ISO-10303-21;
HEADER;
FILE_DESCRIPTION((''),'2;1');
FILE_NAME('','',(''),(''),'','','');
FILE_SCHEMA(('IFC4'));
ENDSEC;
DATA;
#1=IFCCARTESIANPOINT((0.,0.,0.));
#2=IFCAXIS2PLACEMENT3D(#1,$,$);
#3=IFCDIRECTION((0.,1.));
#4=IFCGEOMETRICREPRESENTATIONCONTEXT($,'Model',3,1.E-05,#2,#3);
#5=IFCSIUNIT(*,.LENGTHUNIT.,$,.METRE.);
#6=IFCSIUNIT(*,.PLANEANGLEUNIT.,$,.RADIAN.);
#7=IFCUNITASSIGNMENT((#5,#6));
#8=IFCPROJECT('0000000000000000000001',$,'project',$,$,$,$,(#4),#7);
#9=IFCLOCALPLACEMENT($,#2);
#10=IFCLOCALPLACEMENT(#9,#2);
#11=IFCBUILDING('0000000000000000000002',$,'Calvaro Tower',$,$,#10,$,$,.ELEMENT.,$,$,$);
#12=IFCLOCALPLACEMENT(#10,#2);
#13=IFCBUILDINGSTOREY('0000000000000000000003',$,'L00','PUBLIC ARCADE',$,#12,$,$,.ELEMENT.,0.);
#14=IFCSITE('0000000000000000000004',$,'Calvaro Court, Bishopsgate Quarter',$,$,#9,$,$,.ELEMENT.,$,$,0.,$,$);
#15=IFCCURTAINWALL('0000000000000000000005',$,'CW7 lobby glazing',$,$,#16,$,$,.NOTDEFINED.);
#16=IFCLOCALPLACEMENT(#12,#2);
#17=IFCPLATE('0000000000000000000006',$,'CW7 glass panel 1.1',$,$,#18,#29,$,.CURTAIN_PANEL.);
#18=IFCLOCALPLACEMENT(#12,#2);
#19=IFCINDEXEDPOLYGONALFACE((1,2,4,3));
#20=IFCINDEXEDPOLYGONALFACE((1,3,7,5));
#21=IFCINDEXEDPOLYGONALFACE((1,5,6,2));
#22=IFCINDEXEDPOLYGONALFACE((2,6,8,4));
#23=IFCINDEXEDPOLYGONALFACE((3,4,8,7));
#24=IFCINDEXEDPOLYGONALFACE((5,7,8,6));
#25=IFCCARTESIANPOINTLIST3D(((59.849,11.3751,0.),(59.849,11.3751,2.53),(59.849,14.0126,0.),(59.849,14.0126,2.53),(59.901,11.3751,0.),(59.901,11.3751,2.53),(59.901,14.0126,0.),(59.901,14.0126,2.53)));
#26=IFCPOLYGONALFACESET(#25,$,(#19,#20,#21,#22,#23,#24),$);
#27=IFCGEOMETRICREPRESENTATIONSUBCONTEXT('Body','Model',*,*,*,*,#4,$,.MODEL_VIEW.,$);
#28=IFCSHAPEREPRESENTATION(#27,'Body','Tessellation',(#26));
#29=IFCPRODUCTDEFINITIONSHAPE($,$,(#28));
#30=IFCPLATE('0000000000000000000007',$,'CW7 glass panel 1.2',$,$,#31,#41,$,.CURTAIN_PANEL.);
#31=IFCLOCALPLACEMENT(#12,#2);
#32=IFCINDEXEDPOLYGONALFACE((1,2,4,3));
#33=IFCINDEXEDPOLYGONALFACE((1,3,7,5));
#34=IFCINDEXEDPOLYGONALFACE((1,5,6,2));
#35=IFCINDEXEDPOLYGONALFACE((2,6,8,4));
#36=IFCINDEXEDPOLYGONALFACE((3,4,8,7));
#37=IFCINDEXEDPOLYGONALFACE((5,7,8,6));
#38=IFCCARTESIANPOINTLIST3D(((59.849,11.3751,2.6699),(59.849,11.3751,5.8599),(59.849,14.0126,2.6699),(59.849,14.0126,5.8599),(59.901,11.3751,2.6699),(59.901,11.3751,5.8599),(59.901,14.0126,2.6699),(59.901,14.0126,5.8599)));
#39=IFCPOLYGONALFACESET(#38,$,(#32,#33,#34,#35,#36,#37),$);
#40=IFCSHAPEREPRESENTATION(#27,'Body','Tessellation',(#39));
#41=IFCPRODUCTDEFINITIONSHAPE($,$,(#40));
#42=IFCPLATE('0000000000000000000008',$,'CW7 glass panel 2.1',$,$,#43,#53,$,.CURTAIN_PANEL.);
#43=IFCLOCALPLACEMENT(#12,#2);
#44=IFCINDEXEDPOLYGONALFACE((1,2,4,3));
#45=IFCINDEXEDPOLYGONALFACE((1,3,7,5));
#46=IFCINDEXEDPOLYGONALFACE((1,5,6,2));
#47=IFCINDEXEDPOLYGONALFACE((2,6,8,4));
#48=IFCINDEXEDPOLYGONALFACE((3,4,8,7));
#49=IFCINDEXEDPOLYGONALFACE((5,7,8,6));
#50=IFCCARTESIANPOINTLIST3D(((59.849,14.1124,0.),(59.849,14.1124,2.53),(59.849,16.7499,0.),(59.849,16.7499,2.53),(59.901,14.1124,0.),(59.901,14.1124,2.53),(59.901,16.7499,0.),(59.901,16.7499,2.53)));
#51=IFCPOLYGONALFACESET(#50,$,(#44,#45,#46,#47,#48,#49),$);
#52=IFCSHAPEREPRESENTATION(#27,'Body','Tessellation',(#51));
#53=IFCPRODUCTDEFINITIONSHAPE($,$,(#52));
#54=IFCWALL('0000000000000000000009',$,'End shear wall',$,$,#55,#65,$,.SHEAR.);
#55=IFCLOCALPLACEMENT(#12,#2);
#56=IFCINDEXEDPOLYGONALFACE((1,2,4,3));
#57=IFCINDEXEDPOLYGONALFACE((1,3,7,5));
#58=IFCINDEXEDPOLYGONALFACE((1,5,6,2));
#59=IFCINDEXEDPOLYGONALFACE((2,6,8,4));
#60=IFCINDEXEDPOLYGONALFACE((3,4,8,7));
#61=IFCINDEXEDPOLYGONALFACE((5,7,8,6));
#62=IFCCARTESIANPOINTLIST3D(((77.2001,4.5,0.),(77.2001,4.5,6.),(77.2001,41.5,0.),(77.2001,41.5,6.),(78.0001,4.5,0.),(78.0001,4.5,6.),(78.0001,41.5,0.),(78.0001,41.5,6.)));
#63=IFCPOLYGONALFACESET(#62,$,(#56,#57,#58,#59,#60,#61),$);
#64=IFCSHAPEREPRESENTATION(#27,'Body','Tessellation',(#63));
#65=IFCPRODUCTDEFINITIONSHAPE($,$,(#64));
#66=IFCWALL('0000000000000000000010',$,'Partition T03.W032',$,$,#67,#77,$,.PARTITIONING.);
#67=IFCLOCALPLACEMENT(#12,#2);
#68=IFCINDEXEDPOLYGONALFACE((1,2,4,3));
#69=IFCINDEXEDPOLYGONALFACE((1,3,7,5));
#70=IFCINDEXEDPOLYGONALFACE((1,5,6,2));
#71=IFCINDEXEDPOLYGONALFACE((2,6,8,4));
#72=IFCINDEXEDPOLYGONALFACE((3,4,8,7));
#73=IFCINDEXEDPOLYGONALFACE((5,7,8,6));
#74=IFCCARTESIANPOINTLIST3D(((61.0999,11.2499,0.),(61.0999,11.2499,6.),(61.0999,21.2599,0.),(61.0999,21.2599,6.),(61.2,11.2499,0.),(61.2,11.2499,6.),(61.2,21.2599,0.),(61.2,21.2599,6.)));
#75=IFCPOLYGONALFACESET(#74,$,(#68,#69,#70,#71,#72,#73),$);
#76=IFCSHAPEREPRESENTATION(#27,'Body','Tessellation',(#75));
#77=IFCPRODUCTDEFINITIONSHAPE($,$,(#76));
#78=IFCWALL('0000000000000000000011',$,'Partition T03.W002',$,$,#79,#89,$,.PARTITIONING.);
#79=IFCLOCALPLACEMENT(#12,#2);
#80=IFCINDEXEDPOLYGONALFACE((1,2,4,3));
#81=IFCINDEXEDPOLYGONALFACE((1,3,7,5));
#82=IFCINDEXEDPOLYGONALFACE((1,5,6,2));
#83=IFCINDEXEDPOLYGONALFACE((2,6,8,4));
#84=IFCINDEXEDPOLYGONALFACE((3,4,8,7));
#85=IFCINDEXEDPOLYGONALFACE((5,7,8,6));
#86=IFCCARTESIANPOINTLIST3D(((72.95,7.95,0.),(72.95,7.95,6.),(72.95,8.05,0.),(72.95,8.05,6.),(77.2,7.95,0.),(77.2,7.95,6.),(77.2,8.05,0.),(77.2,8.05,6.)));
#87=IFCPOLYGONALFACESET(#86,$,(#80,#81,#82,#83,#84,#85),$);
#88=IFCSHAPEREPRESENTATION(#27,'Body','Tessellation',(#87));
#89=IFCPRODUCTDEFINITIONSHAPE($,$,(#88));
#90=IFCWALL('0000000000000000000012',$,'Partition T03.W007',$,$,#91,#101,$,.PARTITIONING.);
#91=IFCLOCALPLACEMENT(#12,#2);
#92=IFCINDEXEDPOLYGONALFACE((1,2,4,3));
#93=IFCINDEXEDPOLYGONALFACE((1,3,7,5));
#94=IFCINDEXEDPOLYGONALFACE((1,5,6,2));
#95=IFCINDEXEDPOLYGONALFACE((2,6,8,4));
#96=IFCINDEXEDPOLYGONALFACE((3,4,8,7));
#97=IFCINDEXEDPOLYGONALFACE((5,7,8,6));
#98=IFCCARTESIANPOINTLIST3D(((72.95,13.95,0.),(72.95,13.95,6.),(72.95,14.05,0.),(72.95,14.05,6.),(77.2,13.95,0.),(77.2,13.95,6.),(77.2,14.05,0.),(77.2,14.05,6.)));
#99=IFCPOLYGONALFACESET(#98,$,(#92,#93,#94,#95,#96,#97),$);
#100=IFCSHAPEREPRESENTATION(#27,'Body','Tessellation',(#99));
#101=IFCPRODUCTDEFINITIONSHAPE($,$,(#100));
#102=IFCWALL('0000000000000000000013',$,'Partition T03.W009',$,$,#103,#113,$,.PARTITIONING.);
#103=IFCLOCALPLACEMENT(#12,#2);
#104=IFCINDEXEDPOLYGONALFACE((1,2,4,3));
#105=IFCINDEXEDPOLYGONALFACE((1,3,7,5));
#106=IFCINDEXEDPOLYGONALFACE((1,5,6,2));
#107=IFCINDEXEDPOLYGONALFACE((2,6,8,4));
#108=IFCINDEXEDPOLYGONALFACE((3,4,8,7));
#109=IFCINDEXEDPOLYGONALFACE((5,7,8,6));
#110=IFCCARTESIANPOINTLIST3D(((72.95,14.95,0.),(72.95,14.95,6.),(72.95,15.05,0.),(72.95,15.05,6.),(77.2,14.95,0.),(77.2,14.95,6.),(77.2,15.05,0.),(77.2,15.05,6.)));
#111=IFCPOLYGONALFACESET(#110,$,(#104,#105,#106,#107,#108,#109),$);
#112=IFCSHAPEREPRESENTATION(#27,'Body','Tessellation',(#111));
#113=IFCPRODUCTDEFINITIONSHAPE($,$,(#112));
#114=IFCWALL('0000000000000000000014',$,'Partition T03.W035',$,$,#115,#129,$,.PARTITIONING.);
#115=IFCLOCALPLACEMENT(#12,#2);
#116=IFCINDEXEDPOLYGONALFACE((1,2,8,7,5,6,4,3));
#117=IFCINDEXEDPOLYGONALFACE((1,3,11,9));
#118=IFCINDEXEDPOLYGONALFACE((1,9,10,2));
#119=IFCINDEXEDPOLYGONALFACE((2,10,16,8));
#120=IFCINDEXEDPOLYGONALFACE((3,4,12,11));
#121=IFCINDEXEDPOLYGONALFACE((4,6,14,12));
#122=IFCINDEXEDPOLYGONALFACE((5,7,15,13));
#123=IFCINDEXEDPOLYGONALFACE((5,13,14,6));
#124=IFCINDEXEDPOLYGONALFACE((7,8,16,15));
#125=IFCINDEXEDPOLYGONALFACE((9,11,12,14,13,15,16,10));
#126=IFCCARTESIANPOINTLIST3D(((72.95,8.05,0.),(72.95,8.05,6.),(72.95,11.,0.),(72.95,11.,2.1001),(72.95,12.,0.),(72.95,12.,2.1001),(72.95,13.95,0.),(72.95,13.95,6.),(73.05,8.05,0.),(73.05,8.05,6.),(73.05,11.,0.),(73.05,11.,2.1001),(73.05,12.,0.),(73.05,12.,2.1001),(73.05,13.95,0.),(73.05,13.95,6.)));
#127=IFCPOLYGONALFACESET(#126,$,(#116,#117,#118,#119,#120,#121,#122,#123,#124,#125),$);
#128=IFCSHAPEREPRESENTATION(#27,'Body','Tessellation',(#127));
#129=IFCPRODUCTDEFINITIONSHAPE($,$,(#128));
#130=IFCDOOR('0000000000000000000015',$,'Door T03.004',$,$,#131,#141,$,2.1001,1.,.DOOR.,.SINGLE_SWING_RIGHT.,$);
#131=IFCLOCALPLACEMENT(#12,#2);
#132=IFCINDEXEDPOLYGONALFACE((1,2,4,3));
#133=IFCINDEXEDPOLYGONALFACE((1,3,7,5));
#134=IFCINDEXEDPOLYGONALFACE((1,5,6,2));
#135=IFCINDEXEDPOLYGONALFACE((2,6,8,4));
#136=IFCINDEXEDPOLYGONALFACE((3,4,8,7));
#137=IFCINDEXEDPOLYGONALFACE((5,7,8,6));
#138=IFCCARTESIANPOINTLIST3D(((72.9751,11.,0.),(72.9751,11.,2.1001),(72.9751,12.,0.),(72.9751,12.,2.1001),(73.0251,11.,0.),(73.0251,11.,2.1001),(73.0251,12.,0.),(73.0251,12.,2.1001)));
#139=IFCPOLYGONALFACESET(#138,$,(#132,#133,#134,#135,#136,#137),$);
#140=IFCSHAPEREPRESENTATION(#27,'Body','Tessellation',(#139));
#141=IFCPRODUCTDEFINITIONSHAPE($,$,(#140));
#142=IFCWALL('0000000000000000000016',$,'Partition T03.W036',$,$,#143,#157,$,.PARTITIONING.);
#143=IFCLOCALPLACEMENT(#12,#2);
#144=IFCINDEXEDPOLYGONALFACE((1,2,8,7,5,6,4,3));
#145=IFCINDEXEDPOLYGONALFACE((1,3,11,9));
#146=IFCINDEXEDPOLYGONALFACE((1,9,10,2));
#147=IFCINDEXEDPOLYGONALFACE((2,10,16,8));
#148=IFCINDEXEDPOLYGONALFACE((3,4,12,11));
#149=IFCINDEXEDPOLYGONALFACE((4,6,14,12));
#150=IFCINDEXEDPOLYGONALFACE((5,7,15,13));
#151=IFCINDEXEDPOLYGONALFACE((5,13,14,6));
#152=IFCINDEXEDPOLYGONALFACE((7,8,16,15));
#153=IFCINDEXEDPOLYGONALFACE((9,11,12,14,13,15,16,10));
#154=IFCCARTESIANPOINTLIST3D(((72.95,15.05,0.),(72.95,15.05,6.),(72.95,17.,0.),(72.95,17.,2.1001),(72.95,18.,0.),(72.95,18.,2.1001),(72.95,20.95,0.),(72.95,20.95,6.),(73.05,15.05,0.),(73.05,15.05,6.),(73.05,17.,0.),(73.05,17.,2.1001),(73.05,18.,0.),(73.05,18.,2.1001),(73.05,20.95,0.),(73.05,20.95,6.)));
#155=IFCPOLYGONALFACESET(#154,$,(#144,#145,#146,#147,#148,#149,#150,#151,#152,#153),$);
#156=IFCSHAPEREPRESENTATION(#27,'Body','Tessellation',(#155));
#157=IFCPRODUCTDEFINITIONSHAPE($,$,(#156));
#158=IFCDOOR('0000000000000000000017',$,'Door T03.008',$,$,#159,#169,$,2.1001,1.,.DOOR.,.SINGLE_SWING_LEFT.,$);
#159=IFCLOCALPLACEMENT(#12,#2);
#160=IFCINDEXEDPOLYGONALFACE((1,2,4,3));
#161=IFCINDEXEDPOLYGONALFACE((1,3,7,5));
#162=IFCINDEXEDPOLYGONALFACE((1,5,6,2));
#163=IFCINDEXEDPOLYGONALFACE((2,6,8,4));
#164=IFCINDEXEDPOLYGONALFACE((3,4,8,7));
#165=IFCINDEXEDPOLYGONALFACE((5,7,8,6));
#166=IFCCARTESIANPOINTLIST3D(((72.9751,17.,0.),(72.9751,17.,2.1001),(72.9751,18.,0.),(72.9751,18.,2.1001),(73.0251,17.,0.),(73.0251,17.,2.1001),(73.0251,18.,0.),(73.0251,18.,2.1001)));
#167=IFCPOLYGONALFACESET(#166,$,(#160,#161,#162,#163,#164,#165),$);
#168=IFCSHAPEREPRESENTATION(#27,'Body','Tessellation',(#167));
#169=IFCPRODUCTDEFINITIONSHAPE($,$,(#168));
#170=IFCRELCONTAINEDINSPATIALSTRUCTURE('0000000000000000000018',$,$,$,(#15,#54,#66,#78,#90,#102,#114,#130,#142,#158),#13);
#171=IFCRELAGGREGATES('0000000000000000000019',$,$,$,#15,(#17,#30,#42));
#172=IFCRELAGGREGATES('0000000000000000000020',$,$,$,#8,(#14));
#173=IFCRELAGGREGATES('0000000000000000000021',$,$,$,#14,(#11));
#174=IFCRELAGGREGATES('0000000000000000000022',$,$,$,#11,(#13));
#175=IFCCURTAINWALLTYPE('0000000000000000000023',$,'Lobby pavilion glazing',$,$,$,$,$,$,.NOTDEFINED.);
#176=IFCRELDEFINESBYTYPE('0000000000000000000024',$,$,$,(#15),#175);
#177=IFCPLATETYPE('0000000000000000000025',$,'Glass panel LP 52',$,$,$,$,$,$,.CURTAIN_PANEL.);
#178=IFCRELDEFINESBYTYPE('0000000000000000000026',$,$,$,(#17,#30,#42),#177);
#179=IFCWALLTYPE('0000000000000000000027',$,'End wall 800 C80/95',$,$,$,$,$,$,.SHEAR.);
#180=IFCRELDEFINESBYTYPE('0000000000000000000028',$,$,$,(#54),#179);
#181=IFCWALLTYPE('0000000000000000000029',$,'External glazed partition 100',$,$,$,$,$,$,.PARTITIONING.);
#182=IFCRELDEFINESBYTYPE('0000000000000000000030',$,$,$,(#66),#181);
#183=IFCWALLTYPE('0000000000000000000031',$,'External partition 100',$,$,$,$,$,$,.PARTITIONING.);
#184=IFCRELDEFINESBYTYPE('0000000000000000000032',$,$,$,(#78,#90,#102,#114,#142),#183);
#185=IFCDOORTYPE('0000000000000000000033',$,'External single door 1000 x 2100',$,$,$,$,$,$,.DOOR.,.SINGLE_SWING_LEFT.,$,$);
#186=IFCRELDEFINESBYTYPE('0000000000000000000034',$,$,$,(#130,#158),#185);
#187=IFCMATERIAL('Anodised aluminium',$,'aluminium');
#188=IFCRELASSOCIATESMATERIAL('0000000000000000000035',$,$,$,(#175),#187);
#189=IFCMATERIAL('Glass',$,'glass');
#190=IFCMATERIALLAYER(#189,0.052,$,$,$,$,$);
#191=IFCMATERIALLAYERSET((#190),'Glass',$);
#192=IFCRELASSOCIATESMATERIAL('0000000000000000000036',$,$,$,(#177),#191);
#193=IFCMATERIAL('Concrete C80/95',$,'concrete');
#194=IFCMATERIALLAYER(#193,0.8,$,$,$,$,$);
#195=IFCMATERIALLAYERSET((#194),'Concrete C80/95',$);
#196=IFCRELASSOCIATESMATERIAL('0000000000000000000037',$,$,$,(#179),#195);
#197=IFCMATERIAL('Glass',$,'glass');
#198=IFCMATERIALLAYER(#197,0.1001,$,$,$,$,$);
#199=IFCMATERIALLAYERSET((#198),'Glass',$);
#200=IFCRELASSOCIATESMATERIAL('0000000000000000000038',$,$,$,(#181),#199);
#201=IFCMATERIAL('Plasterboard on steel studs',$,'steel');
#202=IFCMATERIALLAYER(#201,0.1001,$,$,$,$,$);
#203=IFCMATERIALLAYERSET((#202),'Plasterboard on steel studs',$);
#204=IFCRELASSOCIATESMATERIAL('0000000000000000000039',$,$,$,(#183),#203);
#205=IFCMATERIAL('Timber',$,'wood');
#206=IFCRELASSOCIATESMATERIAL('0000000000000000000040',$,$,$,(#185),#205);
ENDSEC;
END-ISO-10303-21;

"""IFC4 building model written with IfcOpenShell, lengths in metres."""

from ifc_helpers import new_model, si_unit, direction, frame, frame_2d, origin, origin_2d, place, context, subcontext, project, spatial, rectangle, extrude, material, layer, layer_set, type_object, element, fill, aggregate, save


model = new_model("IFC4")

# Units and contexts
model_context = context("Model", 3, precision=1e-05, world=origin(), true_north=direction((0.0, 1.0)))
body_context = subcontext(model_context, "Body", "Model", "MODEL_VIEW")
ifc_project = project(units=[si_unit("LENGTHUNIT", "METRE"), si_unit("PLANEANGLEUNIT", "RADIAN")], contexts=[model_context])

# Site, building, storey
site_placement = place(None, origin())
site = spatial("IfcSite", under=ifc_project, at=site_placement, Name="Calvaro Court, Bishopsgate Quarter", CompositionType="ELEMENT", RefElevation=0.0)
building_placement = place(site_placement, origin())
building = spatial("IfcBuilding", under=site, at=building_placement, Name="Calvaro Tower", CompositionType="ELEMENT")
storey_placement = place(building_placement, origin())
storey = spatial("IfcBuildingStorey", under=building, at=storey_placement, Name="L00", Description="PUBLIC ARCADE", CompositionType="ELEMENT", Elevation=0.0)

# Shared definitions
ifc_material_1 = material(Name="Anodised aluminium", Category="aluminium")
curtain_wall_type = type_object("IfcCurtainWallType", Name="Lobby pavilion glazing", PredefinedType="NOTDEFINED", material=ifc_material_1)

# Curtain wall
curtain_wall_1_placement = place(storey_placement, origin())
curtain_wall_1 = element("IfcCurtainWall", 1, at=curtain_wall_1_placement, inside=storey, type_object=curtain_wall_type, Name="CW7 lobby glazing", PredefinedType="NOTDEFINED")

# Plates
ifc_material_2 = material(Name="Glass", Category="glass")
ifc_layer_1 = layer(ifc_material_2, 0.052)
ifc_layer_set_1 = layer_set([ifc_layer_1], Name="Glass")
plate_type = type_object("IfcPlateType", Name="Glass panel LP 52", PredefinedType="CURTAIN_PANEL", material=ifc_layer_set_1)
plate_1_placement = place(storey_placement, frame((59.875, 12.6938, 0.0), z_axis=(0.0, 0.0, 1.0), x_axis=(0.0, 1.0, 0.0)))
plate_1 = element("IfcPlate", 2, at=plate_1_placement, type_object=plate_type, Name="CW7 glass panel 1.1", PredefinedType="CURTAIN_PANEL", context=body_context, shape_type="SweptSolid", body=[
    extrude(rectangle(XDim=2.6375, YDim=0.052, at=origin_2d()), origin(), (0.0, 0.0, 1.0), 2.53),
])
plate_2_placement = place(storey_placement, frame((59.875, 12.6938, 2.6699), z_axis=(0.0, 0.0, 1.0), x_axis=(0.0, 1.0, 0.0)))
plate_2 = element("IfcPlate", 3, at=plate_2_placement, type_object=plate_type, Name="CW7 glass panel 1.2", PredefinedType="CURTAIN_PANEL", context=body_context, shape_type="SweptSolid", body=[
    extrude(rectangle(XDim=2.6375, YDim=0.052, at=origin_2d()), origin(), (0.0, 0.0, 1.0), 3.1899),
])
plate_3_placement = place(storey_placement, frame((59.875, 15.4312, 0.0), z_axis=(0.0, 0.0, 1.0), x_axis=(0.0, 1.0, 0.0)))
plate_3 = element("IfcPlate", 4, at=plate_3_placement, type_object=plate_type, Name="CW7 glass panel 2.1", PredefinedType="CURTAIN_PANEL", context=body_context, shape_type="SweptSolid", body=[
    extrude(rectangle(XDim=2.6375, YDim=0.052, at=origin_2d()), origin(), (0.0, 0.0, 1.0), 2.53),
])
aggregate(curtain_wall_1, [plate_1, plate_2, plate_3])

# Walls
ifc_material_3 = material(Name="Concrete C80/95", Category="concrete")
ifc_layer_2 = layer(ifc_material_3, 0.8)
ifc_layer_set_2 = layer_set([ifc_layer_2], Name="Concrete C80/95")
wall_type_1 = type_object("IfcWallType", Name="End wall 800 C80/95", PredefinedType="SHEAR", material=ifc_layer_set_2)
wall_1_placement = place(storey_placement, frame((77.6001, 4.5, 0.0), z_axis=(0.0, 0.0, 1.0), x_axis=(0.0, 1.0, 0.0)))
element("IfcWall", 5, at=wall_1_placement, inside=storey, type_object=wall_type_1, Name="End shear wall", PredefinedType="SHEAR", context=body_context, shape_type="SweptSolid", body=[
    extrude(rectangle(XDim=37.0, YDim=0.8, at=frame_2d((18.5, 0.0))), origin(), (0.0, 0.0, 1.0), 6.0),
])
ifc_material_4 = material(Name="Glass", Category="glass")
ifc_layer_3 = layer(ifc_material_4, 0.1001)
ifc_layer_set_3 = layer_set([ifc_layer_3], Name="Glass")
wall_type_2 = type_object("IfcWallType", Name="External glazed partition 100", PredefinedType="PARTITIONING", material=ifc_layer_set_3)
wall_2_placement = place(storey_placement, frame((61.1499, 11.25, 0.0), z_axis=(0.0, 0.0, 1.0), x_axis=(0.0, 1.0, 0.0)))
element("IfcWall", 6, at=wall_2_placement, inside=storey, type_object=wall_type_2, Name="Partition T03.W032", PredefinedType="PARTITIONING", context=body_context, shape_type="SweptSolid", body=[
    extrude(rectangle(XDim=10.01, YDim=0.1001, at=frame_2d((5.0049, 0.0))), origin(), (0.0, 0.0, 1.0), 6.0),
])
ifc_material_5 = material(Name="Plasterboard on steel studs", Category="steel")
ifc_layer_4 = layer(ifc_material_5, 0.1001)
ifc_layer_set_4 = layer_set([ifc_layer_4], Name="Plasterboard on steel studs")
wall_type_3 = type_object("IfcWallType", Name="External partition 100", PredefinedType="PARTITIONING", material=ifc_layer_set_4)
for number, where, z_axis, x_axis, name in (
    (7, (72.95, 8.0, 0.0), (0.0, 0.0, 1.0), (1.0, 0.0, 0.0), "Partition T03.W002"),
    (8, (72.95, 14.0, 0.0), (0.0, 0.0, 1.0), (1.0, 0.0, 0.0), "Partition T03.W007"),
    (9, (72.95, 15.0, 0.0), (0.0, 0.0, 1.0), (1.0, 0.0, 0.0), "Partition T03.W009"),
):
    element("IfcWall", number, at=place(storey_placement, frame(where, z_axis=z_axis, x_axis=x_axis)), inside=storey, type_object=wall_type_3, Name=name, PredefinedType="PARTITIONING", context=body_context, shape_type="SweptSolid", body=[
        extrude(rectangle(XDim=4.25, YDim=0.1001, at=frame_2d((2.125, 0.0))), origin(), (0.0, 0.0, 1.0), 6.0),
    ])

# Walls, openings, doors
wall_3_placement = place(storey_placement, frame((73.0, 8.05, 0.0), z_axis=(0.0, 0.0, 1.0), x_axis=(0.0, 1.0, 0.0)))
wall_3 = element("IfcWall", 10, at=wall_3_placement, inside=storey, type_object=wall_type_3, Name="Partition T03.W035", PredefinedType="PARTITIONING", context=body_context, shape_type="SweptSolid", body=[
    extrude(rectangle(XDim=5.8999, YDim=0.1001, at=frame_2d((2.95, 0.0))), origin(), (0.0, 0.0, 1.0), 6.0),
])
opening_1_placement = place(wall_3_placement, frame((2.95, 0.0, 0.0)))
opening_1 = element("IfcOpeningElement", 11, at=opening_1_placement, cuts=wall_3, PredefinedType="OPENING", context=body_context, shape_type="SweptSolid", body=[
    extrude(rectangle(XDim=1.0, YDim=2.1001, at=frame_2d((0.5, 1.05))), frame((0.0, 0.0601, 0.0), z_axis=(0.0, -1.0, 0.0), x_axis=(1.0, 0.0, 0.0)), (0.0, 0.0, 1.0), 0.1201),
])
ifc_material_6 = material(Name="Timber", Category="wood")
door_type = type_object("IfcDoorType", Name="External single door 1000 x 2100", OperationType="SINGLE_SWING_LEFT", PredefinedType="DOOR", material=ifc_material_6)
door_1_placement = place(opening_1_placement, origin())
door_1 = element("IfcDoor", 12, at=door_1_placement, inside=storey, type_object=door_type, Name="Door T03.004", OperationType="SINGLE_SWING_RIGHT", OverallHeight=2.1001, OverallWidth=1.0, PredefinedType="DOOR", context=body_context, shape_type="SweptSolid", body=[
    extrude(rectangle(XDim=1.0, YDim=2.1001, at=frame_2d((0.5, 1.05))), frame((0.0, 0.0249, 0.0), z_axis=(0.0, -1.0, 0.0), x_axis=(1.0, 0.0, 0.0)), (0.0, 0.0, 1.0), 0.05),
])
fill(opening_1, door_1)
wall_4_placement = place(storey_placement, frame((73.0, 15.05, 0.0), z_axis=(0.0, 0.0, 1.0), x_axis=(0.0, 1.0, 0.0)))
wall_4 = element("IfcWall", 13, at=wall_4_placement, inside=storey, type_object=wall_type_3, Name="Partition T03.W036", PredefinedType="PARTITIONING", context=body_context, shape_type="SweptSolid", body=[
    extrude(rectangle(XDim=5.8999, YDim=0.1001, at=frame_2d((2.95, 0.0))), origin(), (0.0, 0.0, 1.0), 6.0),
])
opening_2_placement = place(wall_4_placement, frame((1.95, 0.0, 0.0)))
opening_2 = element("IfcOpeningElement", 14, at=opening_2_placement, cuts=wall_4, PredefinedType="OPENING", context=body_context, shape_type="SweptSolid", body=[
    extrude(rectangle(XDim=1.0, YDim=2.1001, at=frame_2d((0.5, 1.05))), frame((0.0, 0.0601, 0.0), z_axis=(0.0, -1.0, 0.0), x_axis=(1.0, 0.0, 0.0)), (0.0, 0.0, 1.0), 0.1201),
])
door_2_placement = place(opening_2_placement, origin())
door_2 = element("IfcDoor", 15, at=door_2_placement, inside=storey, type_object=door_type, Name="Door T03.008", OperationType="SINGLE_SWING_LEFT", OverallHeight=2.1001, OverallWidth=1.0, PredefinedType="DOOR", context=body_context, shape_type="SweptSolid", body=[
    extrude(rectangle(XDim=1.0, YDim=2.1001, at=frame_2d((0.5, 1.05))), frame((0.0, 0.0249, 0.0), z_axis=(0.0, -1.0, 0.0), x_axis=(1.0, 0.0, 0.0)), (0.0, 0.0, 1.0), 0.05),
])
fill(opening_2, door_2)

save(model, "model.ifc")
